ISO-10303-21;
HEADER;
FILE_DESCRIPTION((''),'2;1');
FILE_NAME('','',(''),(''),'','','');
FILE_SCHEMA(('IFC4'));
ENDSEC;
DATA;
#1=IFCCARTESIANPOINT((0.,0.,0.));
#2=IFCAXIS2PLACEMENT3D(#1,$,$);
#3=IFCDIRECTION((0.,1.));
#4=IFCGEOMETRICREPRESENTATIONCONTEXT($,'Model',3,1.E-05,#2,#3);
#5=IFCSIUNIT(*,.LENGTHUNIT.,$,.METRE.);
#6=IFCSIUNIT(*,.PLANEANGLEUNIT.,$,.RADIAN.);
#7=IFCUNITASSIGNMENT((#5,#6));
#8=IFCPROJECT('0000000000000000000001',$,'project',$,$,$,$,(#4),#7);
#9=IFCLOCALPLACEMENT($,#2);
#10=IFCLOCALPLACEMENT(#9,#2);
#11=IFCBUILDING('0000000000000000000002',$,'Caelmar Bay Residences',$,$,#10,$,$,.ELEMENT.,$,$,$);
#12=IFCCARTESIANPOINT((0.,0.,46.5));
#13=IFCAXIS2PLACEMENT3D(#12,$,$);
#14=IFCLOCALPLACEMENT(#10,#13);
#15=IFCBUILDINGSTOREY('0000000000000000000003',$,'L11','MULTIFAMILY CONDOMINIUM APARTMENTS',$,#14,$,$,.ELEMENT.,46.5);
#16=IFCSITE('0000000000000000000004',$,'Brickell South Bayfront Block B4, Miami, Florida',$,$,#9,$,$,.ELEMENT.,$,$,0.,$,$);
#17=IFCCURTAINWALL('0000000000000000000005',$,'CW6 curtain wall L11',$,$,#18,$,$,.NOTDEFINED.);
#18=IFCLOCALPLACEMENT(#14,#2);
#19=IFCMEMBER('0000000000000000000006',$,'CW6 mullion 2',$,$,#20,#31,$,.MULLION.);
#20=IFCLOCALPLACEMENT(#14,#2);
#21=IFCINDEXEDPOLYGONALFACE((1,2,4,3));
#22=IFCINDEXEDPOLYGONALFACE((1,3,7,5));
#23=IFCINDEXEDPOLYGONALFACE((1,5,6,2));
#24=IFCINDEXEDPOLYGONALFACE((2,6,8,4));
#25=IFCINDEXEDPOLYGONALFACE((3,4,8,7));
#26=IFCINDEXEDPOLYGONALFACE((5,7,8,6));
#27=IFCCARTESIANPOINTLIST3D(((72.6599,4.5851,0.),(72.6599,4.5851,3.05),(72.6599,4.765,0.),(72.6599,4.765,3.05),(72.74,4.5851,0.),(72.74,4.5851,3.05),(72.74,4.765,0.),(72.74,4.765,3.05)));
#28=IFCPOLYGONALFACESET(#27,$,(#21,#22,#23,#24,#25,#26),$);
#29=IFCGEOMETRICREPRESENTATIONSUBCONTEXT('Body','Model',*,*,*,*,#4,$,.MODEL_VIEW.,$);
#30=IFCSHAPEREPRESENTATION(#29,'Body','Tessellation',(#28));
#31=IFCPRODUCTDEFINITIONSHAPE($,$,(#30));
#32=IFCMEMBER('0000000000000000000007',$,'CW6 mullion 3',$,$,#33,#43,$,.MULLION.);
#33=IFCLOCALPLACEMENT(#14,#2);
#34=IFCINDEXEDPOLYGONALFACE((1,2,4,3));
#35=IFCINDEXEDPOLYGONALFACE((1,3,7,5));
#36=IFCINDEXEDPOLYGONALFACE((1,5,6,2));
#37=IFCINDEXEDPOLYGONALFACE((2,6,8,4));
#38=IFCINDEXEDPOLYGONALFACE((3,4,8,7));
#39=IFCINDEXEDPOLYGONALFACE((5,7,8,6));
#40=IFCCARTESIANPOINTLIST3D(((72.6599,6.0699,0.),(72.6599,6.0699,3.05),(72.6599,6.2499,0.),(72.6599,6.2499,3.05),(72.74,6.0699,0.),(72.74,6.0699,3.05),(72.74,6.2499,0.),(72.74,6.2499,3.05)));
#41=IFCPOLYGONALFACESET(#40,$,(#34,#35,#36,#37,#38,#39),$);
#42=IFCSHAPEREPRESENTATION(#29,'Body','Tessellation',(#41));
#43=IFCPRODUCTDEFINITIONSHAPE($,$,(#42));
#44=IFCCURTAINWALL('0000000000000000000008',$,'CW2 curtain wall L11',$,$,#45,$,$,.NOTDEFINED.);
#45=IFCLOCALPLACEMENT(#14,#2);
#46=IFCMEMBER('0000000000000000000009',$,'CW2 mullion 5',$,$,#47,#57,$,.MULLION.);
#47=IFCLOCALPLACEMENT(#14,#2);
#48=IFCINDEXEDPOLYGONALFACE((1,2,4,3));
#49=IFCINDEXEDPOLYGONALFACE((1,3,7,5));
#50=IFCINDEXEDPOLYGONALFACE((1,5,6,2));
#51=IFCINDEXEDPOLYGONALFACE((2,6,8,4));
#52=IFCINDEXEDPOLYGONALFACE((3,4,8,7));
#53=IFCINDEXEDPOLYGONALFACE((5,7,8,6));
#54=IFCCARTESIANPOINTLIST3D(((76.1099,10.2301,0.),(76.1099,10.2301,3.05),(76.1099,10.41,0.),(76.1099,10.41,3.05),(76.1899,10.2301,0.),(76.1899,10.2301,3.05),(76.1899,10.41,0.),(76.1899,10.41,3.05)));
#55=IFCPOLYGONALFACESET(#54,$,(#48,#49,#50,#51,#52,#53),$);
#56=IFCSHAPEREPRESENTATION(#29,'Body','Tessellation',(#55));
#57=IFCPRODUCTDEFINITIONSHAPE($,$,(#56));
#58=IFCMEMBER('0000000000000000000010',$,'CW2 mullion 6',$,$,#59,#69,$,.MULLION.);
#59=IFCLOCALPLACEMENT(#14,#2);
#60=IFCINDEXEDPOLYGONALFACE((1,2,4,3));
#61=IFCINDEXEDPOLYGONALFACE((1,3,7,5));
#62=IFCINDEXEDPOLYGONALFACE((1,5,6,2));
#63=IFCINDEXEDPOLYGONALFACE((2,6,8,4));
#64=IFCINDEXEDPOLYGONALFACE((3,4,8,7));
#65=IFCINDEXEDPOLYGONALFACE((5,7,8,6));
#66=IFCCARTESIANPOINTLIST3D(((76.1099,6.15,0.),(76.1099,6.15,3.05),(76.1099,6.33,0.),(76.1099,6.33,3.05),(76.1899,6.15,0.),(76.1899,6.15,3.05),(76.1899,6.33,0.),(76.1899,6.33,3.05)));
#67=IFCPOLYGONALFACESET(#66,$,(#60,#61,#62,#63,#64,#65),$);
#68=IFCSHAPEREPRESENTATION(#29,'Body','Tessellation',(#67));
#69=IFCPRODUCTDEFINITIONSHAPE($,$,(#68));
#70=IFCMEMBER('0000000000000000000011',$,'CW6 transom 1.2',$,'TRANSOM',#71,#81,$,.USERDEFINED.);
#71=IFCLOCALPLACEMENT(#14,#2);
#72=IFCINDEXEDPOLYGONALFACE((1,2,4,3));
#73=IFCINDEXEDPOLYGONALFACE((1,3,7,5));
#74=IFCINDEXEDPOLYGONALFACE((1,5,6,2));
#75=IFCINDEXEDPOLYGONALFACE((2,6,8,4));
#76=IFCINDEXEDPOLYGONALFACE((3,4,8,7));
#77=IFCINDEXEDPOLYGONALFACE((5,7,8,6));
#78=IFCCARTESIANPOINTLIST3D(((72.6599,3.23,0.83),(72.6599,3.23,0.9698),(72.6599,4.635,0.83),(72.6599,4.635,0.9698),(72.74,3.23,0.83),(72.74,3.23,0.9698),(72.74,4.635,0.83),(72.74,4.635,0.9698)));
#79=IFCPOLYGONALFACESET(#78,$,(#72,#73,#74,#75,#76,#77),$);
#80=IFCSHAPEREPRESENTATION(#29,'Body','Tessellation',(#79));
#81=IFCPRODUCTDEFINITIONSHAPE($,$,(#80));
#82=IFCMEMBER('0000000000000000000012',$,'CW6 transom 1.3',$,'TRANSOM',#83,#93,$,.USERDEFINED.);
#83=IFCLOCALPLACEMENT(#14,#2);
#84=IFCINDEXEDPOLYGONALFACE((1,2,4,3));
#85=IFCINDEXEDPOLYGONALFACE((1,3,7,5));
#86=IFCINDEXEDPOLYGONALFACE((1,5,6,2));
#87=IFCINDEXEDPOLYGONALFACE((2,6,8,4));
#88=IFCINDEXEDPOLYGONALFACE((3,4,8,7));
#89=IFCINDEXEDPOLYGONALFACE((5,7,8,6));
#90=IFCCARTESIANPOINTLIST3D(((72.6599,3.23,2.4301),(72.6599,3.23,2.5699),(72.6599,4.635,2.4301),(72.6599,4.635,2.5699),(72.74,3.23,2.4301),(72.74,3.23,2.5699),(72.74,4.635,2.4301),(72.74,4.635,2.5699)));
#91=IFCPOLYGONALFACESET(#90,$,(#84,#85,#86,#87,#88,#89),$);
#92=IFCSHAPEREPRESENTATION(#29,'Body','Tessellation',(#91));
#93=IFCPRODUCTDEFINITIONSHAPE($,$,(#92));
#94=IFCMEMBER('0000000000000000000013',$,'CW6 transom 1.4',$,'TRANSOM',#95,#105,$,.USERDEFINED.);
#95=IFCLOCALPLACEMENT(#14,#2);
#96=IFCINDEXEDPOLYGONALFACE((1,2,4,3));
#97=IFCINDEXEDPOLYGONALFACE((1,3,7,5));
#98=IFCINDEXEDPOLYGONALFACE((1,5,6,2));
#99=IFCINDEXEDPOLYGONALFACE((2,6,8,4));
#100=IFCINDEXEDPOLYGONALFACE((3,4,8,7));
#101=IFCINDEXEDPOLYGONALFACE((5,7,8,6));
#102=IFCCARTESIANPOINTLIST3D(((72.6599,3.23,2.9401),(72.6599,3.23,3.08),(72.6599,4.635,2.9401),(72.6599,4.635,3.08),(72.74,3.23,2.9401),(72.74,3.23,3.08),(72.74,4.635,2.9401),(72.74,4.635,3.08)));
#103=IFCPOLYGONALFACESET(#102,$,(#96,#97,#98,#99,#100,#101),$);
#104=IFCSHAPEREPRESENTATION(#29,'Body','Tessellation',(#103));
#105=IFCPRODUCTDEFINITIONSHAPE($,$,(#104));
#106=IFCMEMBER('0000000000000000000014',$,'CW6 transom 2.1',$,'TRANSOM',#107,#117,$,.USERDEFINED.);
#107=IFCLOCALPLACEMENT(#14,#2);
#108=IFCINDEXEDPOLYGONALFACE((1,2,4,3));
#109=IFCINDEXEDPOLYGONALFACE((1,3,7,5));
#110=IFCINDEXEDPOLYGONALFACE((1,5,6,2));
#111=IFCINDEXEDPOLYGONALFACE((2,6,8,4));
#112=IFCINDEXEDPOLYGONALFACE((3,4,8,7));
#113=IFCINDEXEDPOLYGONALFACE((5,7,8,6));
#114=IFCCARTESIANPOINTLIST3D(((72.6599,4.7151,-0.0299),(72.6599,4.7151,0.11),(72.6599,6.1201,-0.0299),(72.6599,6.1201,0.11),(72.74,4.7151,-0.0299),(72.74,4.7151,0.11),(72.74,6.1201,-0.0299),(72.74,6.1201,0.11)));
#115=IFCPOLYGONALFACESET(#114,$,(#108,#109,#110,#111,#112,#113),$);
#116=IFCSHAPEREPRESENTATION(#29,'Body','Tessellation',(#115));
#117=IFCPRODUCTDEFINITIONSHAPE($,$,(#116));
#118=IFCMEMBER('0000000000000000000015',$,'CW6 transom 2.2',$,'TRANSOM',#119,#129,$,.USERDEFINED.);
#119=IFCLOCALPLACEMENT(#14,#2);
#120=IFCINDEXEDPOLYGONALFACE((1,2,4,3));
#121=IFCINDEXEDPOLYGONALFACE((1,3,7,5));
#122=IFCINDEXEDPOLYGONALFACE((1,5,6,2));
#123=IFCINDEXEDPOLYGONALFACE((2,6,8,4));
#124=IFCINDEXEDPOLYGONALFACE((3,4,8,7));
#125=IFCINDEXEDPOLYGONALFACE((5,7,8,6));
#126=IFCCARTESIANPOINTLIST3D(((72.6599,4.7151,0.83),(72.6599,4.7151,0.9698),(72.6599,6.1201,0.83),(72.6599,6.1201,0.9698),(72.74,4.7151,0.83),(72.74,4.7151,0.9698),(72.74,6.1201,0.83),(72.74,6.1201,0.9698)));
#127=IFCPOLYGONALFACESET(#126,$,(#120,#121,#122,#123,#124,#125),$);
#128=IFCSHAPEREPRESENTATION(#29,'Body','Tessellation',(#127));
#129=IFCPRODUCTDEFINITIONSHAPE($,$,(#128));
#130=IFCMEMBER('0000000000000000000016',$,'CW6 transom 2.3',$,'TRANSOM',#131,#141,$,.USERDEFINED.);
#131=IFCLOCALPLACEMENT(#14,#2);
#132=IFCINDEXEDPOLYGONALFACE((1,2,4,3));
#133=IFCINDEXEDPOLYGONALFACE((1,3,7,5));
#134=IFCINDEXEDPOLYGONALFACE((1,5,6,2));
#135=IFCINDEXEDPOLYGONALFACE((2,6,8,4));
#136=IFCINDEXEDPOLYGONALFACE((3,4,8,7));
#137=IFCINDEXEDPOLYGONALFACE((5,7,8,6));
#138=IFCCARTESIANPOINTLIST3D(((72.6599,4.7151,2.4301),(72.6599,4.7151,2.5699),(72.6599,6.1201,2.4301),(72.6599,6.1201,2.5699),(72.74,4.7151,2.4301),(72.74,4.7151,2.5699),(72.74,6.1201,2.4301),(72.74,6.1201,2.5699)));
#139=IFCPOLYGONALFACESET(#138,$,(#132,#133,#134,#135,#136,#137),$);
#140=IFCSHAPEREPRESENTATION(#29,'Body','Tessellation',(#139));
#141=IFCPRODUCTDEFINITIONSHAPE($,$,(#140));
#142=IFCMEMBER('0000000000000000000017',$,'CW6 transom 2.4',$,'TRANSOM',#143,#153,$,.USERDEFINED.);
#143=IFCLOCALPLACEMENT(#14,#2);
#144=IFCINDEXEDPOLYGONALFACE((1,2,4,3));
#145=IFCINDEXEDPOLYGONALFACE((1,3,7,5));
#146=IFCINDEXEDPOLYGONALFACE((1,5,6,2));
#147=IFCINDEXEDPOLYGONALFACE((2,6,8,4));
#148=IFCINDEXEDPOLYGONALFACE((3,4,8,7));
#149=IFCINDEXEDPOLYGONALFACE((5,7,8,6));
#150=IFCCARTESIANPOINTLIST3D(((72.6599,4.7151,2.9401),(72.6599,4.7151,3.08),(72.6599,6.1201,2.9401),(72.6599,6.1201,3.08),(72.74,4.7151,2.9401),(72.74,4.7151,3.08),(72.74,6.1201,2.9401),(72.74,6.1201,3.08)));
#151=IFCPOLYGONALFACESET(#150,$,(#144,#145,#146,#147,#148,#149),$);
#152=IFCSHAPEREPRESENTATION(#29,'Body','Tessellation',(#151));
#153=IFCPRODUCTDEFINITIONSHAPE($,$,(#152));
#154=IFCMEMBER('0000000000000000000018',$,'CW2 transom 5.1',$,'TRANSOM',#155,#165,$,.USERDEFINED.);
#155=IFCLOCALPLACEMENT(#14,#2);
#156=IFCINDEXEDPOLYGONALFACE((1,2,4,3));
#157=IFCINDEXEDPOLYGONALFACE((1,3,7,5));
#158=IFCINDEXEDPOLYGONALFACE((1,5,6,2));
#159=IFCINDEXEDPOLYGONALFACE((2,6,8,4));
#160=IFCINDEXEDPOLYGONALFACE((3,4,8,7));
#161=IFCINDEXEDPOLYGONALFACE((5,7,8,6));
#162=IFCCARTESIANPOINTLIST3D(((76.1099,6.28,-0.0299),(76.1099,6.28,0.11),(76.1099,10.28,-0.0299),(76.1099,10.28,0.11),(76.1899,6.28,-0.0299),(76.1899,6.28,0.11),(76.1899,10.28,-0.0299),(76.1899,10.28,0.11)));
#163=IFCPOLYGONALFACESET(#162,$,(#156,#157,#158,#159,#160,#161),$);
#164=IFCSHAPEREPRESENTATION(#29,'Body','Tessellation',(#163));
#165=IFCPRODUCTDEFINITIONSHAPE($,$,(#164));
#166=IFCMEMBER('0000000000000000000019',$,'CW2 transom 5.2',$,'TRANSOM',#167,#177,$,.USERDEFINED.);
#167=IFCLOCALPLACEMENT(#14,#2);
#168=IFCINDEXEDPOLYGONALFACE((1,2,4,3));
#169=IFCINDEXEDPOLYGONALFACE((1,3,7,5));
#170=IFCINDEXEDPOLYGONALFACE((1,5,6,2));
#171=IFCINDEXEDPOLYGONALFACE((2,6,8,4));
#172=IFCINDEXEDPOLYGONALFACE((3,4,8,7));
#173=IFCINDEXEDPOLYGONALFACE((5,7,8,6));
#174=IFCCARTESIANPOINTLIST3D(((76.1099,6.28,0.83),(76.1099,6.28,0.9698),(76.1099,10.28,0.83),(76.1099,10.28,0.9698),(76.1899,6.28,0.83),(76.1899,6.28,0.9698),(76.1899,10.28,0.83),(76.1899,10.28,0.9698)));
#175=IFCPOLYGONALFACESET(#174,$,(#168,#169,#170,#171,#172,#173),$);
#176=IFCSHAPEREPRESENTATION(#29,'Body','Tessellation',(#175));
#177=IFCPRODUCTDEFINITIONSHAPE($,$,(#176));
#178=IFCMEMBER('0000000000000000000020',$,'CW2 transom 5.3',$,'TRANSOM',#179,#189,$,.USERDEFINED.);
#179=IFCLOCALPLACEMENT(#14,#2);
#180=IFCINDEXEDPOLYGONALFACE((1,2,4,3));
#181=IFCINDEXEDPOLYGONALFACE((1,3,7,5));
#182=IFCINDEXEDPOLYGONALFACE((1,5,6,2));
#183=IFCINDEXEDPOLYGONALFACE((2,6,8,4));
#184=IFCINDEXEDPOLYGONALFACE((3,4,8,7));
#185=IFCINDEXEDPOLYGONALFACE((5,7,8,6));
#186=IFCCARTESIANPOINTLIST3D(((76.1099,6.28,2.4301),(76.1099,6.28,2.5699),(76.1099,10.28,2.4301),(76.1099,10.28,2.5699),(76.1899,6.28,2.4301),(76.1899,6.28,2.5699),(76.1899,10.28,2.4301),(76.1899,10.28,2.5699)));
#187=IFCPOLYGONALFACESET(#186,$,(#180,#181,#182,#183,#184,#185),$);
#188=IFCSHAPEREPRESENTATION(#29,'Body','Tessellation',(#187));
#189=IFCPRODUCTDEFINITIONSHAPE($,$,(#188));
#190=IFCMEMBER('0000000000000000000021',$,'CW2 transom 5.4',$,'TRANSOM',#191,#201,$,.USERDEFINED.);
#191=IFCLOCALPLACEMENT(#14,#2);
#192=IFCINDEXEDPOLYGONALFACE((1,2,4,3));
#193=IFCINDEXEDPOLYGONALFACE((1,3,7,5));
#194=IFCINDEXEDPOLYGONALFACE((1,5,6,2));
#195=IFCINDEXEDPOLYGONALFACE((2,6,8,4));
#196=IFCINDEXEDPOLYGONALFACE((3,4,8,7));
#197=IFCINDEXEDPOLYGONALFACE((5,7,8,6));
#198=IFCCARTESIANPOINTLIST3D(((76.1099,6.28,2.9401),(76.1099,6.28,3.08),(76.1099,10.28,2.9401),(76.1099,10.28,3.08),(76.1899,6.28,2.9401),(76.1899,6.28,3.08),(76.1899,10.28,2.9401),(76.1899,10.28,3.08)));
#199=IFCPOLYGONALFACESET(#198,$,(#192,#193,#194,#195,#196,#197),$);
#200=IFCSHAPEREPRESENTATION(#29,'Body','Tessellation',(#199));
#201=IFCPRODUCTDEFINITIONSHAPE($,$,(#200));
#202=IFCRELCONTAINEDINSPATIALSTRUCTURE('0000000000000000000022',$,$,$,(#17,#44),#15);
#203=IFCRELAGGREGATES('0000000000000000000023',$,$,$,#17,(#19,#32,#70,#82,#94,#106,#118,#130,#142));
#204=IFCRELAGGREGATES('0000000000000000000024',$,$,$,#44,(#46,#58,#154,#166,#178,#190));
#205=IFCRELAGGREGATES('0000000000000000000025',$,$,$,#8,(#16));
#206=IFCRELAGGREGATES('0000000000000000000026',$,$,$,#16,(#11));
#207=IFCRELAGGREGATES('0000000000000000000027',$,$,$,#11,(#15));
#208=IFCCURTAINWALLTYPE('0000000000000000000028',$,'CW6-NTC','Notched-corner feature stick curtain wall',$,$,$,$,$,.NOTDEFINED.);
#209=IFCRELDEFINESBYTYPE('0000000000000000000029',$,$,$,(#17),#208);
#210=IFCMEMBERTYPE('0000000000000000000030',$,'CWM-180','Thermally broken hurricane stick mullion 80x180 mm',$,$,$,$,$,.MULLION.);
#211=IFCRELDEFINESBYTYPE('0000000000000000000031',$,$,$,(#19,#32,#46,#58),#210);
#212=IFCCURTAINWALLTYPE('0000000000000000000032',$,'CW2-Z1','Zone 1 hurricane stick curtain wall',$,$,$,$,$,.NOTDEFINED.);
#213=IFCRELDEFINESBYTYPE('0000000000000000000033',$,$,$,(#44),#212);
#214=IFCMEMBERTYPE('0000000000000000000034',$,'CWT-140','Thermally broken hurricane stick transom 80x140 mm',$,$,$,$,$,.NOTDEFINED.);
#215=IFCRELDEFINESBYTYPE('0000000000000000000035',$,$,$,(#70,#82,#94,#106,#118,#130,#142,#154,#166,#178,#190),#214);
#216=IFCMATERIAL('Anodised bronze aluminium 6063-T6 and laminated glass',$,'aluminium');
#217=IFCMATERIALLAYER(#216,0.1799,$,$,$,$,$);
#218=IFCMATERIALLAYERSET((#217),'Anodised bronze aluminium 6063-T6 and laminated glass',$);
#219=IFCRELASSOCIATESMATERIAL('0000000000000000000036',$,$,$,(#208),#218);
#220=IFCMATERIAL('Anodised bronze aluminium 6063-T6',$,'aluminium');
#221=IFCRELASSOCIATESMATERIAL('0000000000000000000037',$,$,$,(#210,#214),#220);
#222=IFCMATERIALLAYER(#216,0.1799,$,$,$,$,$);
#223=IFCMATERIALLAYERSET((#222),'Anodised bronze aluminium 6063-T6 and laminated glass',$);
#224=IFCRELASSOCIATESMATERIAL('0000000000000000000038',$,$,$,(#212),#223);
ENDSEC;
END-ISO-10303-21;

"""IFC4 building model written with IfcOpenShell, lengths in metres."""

from ifc_helpers import new_model, si_unit, direction, frame, origin, origin_2d, place, context, subcontext, project, spatial, rectangle, extrude, material, layer, layer_set, material_profile, profile_set, type_object, element, aggregate, save


model = new_model("IFC4")

# Units and contexts
model_context = context("Model", 3, precision=1e-05, world=origin(), true_north=direction((0.0, 1.0)))
body_context = subcontext(model_context, "Body", "Model", "MODEL_VIEW")
ifc_project = project(units=[si_unit("LENGTHUNIT", "METRE"), si_unit("PLANEANGLEUNIT", "RADIAN")], contexts=[model_context])

# Site, building, storey
site_placement = place(None, origin())
site = spatial("IfcSite", under=ifc_project, at=site_placement, Name="Brickell South Bayfront Block B4, Miami, Florida", CompositionType="ELEMENT", RefElevation=0.0)
building_placement = place(site_placement, origin())
building = spatial("IfcBuilding", under=site, at=building_placement, Name="Caelmar Bay Residences", CompositionType="ELEMENT")
storey_placement = place(building_placement, frame((0.0, 0.0, 46.5)))
storey = spatial("IfcBuildingStorey", under=building, at=storey_placement, Name="L11", Description="MULTIFAMILY CONDOMINIUM APARTMENTS", CompositionType="ELEMENT", Elevation=46.5)

# Curtain walls, members
ifc_material_1 = material(Name="Anodised bronze aluminium 6063-T6 and laminated glass", Category="aluminium")
ifc_layer_1 = layer(ifc_material_1, 0.1799)
ifc_layer_set_1 = layer_set([ifc_layer_1], Name="Anodised bronze aluminium 6063-T6 and laminated glass")
curtain_wall_type_1 = type_object("IfcCurtainWallType", Name="CW6-NTC", Description="Notched-corner feature stick curtain wall", PredefinedType="NOTDEFINED", material=ifc_layer_set_1)
curtain_wall_1_placement = place(storey_placement, origin())
curtain_wall_1 = element("IfcCurtainWall", 1, at=curtain_wall_1_placement, inside=storey, type_object=curtain_wall_type_1, Name="CW6 curtain wall L11", PredefinedType="NOTDEFINED")
ifc_material_2 = material(Name="Anodised bronze aluminium 6063-T6", Category="aluminium")
ifc_material_profile_1 = material_profile(ifc_material_2, rectangle(XDim=0.0801, YDim=0.1799, at=origin_2d()), Name="CWM-80X180")
ifc_profile_set_1 = profile_set([ifc_material_profile_1], Name="Anodised bronze aluminium 6063-T6")
member_type_1 = type_object("IfcMemberType", Name="CWM-180", Description="Thermally broken hurricane stick mullion 80x180 mm", PredefinedType="MULLION", material=ifc_profile_set_1)
member_1_placement = place(storey_placement, frame((72.7, 4.675, 0.0), z_axis=(0.0, 0.0, 1.0), x_axis=(-1.0, 0.0, 0.0)))
member_1 = element("IfcMember", 2, at=member_1_placement, type_object=member_type_1, Name="CW6 mullion 2", PredefinedType="MULLION", context=body_context, shape_type="SweptSolid", body=[
    extrude(rectangle(XDim=0.0801, YDim=0.1799, at=origin_2d()), origin(), (0.0, 0.0, 1.0), 3.05),
])
member_2_placement = place(storey_placement, frame((72.7, 6.1599, 0.0), z_axis=(0.0, 0.0, 1.0), x_axis=(-1.0, 0.0, 0.0)))
member_2 = element("IfcMember", 3, at=member_2_placement, type_object=member_type_1, Name="CW6 mullion 3", PredefinedType="MULLION", context=body_context, shape_type="SweptSolid", body=[
    extrude(rectangle(XDim=0.0801, YDim=0.1799, at=origin_2d()), origin(), (0.0, 0.0, 1.0), 3.05),
])
ifc_layer_2 = layer(ifc_material_1, 0.1799)
ifc_layer_set_2 = layer_set([ifc_layer_2], Name="Anodised bronze aluminium 6063-T6 and laminated glass")
curtain_wall_type_2 = type_object("IfcCurtainWallType", Name="CW2-Z1", Description="Zone 1 hurricane stick curtain wall", PredefinedType="NOTDEFINED", material=ifc_layer_set_2)
curtain_wall_2_placement = place(storey_placement, origin())
curtain_wall_2 = element("IfcCurtainWall", 4, at=curtain_wall_2_placement, inside=storey, type_object=curtain_wall_type_2, Name="CW2 curtain wall L11", PredefinedType="NOTDEFINED")
member_3_placement = place(storey_placement, frame((76.1499, 10.3201, 0.0), z_axis=(0.0, 0.0, 1.0), x_axis=(1.0, 0.0, 0.0)))
member_3 = element("IfcMember", 5, at=member_3_placement, type_object=member_type_1, Name="CW2 mullion 5", PredefinedType="MULLION", context=body_context, shape_type="SweptSolid", body=[
    extrude(rectangle(XDim=0.0801, YDim=0.1799, at=origin_2d()), origin(), (0.0, 0.0, 1.0), 3.05),
])
member_4_placement = place(storey_placement, frame((76.1499, 6.24, 0.0), z_axis=(0.0, 0.0, 1.0), x_axis=(1.0, 0.0, 0.0)))
member_4 = element("IfcMember", 6, at=member_4_placement, type_object=member_type_1, Name="CW2 mullion 6", PredefinedType="MULLION", context=body_context, shape_type="SweptSolid", body=[
    extrude(rectangle(XDim=0.0801, YDim=0.1799, at=origin_2d()), origin(), (0.0, 0.0, 1.0), 3.05),
])

# Members
ifc_material_profile_2 = material_profile(ifc_material_2, rectangle(XDim=0.0801, YDim=0.1399, at=origin_2d()), Name="CWT-80X140")
ifc_profile_set_2 = profile_set([ifc_material_profile_2], Name="Anodised bronze aluminium 6063-T6")
member_type_2 = type_object("IfcMemberType", Name="CWT-140", Description="Thermally broken hurricane stick transom 80x140 mm", PredefinedType="NOTDEFINED", material=ifc_profile_set_2)
member_5_placement = place(storey_placement, frame((72.7, 3.23, 0.8999), z_axis=(0.0, 1.0, 0.0), x_axis=(-1.0, 0.0, 0.0)))
member_5 = element("IfcMember", 7, at=member_5_placement, type_object=member_type_2, Name="CW6 transom 1.2", ObjectType="TRANSOM", PredefinedType="USERDEFINED", context=body_context, shape_type="SweptSolid", body=[
    extrude(rectangle(XDim=0.0801, YDim=0.1399, at=origin_2d()), origin(), (0.0, 0.0, 1.0), 1.405),
])
member_6_placement = place(storey_placement, frame((72.7, 3.23, 2.5), z_axis=(0.0, 1.0, 0.0), x_axis=(-1.0, 0.0, 0.0)))
member_6 = element("IfcMember", 8, at=member_6_placement, type_object=member_type_2, Name="CW6 transom 1.3", ObjectType="TRANSOM", PredefinedType="USERDEFINED", context=body_context, shape_type="SweptSolid", body=[
    extrude(rectangle(XDim=0.0801, YDim=0.1399, at=origin_2d()), origin(), (0.0, 0.0, 1.0), 1.405),
])
member_7_placement = place(storey_placement, frame((72.7, 3.23, 3.01), z_axis=(0.0, 1.0, 0.0), x_axis=(-1.0, 0.0, 0.0)))
member_7 = element("IfcMember", 9, at=member_7_placement, type_object=member_type_2, Name="CW6 transom 1.4", ObjectType="TRANSOM", PredefinedType="USERDEFINED", context=body_context, shape_type="SweptSolid", body=[
    extrude(rectangle(XDim=0.0801, YDim=0.1399, at=origin_2d()), origin(), (0.0, 0.0, 1.0), 1.405),
])
member_8_placement = place(storey_placement, frame((72.7, 4.7151, 0.04), z_axis=(0.0, 1.0, 0.0), x_axis=(-1.0, 0.0, 0.0)))
member_8 = element("IfcMember", 10, at=member_8_placement, type_object=member_type_2, Name="CW6 transom 2.1", ObjectType="TRANSOM", PredefinedType="USERDEFINED", context=body_context, shape_type="SweptSolid", body=[
    extrude(rectangle(XDim=0.0801, YDim=0.1399, at=origin_2d()), origin(), (0.0, 0.0, 1.0), 1.405),
])
member_9_placement = place(storey_placement, frame((72.7, 4.7151, 0.8999), z_axis=(0.0, 1.0, 0.0), x_axis=(-1.0, 0.0, 0.0)))
member_9 = element("IfcMember", 11, at=member_9_placement, type_object=member_type_2, Name="CW6 transom 2.2", ObjectType="TRANSOM", PredefinedType="USERDEFINED", context=body_context, shape_type="SweptSolid", body=[
    extrude(rectangle(XDim=0.0801, YDim=0.1399, at=origin_2d()), origin(), (0.0, 0.0, 1.0), 1.405),
])
member_10_placement = place(storey_placement, frame((72.7, 4.7151, 2.5), z_axis=(0.0, 1.0, 0.0), x_axis=(-1.0, 0.0, 0.0)))
member_10 = element("IfcMember", 12, at=member_10_placement, type_object=member_type_2, Name="CW6 transom 2.3", ObjectType="TRANSOM", PredefinedType="USERDEFINED", context=body_context, shape_type="SweptSolid", body=[
    extrude(rectangle(XDim=0.0801, YDim=0.1399, at=origin_2d()), origin(), (0.0, 0.0, 1.0), 1.405),
])
member_11_placement = place(storey_placement, frame((72.7, 4.7151, 3.01), z_axis=(0.0, 1.0, 0.0), x_axis=(-1.0, 0.0, 0.0)))
member_11 = element("IfcMember", 13, at=member_11_placement, type_object=member_type_2, Name="CW6 transom 2.4", ObjectType="TRANSOM", PredefinedType="USERDEFINED", context=body_context, shape_type="SweptSolid", body=[
    extrude(rectangle(XDim=0.0801, YDim=0.1399, at=origin_2d()), origin(), (0.0, 0.0, 1.0), 1.405),
])
member_12_placement = place(storey_placement, frame((76.1499, 10.28, 0.04), z_axis=(0.0, -1.0, 0.0), x_axis=(1.0, 0.0, 0.0)))
member_12 = element("IfcMember", 14, at=member_12_placement, type_object=member_type_2, Name="CW2 transom 5.1", ObjectType="TRANSOM", PredefinedType="USERDEFINED", context=body_context, shape_type="SweptSolid", body=[
    extrude(rectangle(XDim=0.0801, YDim=0.1399, at=origin_2d()), origin(), (0.0, 0.0, 1.0), 4.0),
])
member_13_placement = place(storey_placement, frame((76.1499, 10.28, 0.8999), z_axis=(0.0, -1.0, 0.0), x_axis=(1.0, 0.0, 0.0)))
member_13 = element("IfcMember", 15, at=member_13_placement, type_object=member_type_2, Name="CW2 transom 5.2", ObjectType="TRANSOM", PredefinedType="USERDEFINED", context=body_context, shape_type="SweptSolid", body=[
    extrude(rectangle(XDim=0.0801, YDim=0.1399, at=origin_2d()), origin(), (0.0, 0.0, 1.0), 4.0),
])
member_14_placement = place(storey_placement, frame((76.1499, 10.28, 2.5), z_axis=(0.0, -1.0, 0.0), x_axis=(1.0, 0.0, 0.0)))
member_14 = element("IfcMember", 16, at=member_14_placement, type_object=member_type_2, Name="CW2 transom 5.3", ObjectType="TRANSOM", PredefinedType="USERDEFINED", context=body_context, shape_type="SweptSolid", body=[
    extrude(rectangle(XDim=0.0801, YDim=0.1399, at=origin_2d()), origin(), (0.0, 0.0, 1.0), 4.0),
])
member_15_placement = place(storey_placement, frame((76.1499, 10.28, 3.01), z_axis=(0.0, -1.0, 0.0), x_axis=(1.0, 0.0, 0.0)))
member_15 = element("IfcMember", 17, at=member_15_placement, type_object=member_type_2, Name="CW2 transom 5.4", ObjectType="TRANSOM", PredefinedType="USERDEFINED", context=body_context, shape_type="SweptSolid", body=[
    extrude(rectangle(XDim=0.0801, YDim=0.1399, at=origin_2d()), origin(), (0.0, 0.0, 1.0), 4.0),
])

aggregate(curtain_wall_1, [member_1, member_2, member_5, member_6, member_7, member_8, member_9, member_10, member_11])
aggregate(curtain_wall_2, [member_3, member_4, member_12, member_13, member_14, member_15])

save(model, "model.ifc")
